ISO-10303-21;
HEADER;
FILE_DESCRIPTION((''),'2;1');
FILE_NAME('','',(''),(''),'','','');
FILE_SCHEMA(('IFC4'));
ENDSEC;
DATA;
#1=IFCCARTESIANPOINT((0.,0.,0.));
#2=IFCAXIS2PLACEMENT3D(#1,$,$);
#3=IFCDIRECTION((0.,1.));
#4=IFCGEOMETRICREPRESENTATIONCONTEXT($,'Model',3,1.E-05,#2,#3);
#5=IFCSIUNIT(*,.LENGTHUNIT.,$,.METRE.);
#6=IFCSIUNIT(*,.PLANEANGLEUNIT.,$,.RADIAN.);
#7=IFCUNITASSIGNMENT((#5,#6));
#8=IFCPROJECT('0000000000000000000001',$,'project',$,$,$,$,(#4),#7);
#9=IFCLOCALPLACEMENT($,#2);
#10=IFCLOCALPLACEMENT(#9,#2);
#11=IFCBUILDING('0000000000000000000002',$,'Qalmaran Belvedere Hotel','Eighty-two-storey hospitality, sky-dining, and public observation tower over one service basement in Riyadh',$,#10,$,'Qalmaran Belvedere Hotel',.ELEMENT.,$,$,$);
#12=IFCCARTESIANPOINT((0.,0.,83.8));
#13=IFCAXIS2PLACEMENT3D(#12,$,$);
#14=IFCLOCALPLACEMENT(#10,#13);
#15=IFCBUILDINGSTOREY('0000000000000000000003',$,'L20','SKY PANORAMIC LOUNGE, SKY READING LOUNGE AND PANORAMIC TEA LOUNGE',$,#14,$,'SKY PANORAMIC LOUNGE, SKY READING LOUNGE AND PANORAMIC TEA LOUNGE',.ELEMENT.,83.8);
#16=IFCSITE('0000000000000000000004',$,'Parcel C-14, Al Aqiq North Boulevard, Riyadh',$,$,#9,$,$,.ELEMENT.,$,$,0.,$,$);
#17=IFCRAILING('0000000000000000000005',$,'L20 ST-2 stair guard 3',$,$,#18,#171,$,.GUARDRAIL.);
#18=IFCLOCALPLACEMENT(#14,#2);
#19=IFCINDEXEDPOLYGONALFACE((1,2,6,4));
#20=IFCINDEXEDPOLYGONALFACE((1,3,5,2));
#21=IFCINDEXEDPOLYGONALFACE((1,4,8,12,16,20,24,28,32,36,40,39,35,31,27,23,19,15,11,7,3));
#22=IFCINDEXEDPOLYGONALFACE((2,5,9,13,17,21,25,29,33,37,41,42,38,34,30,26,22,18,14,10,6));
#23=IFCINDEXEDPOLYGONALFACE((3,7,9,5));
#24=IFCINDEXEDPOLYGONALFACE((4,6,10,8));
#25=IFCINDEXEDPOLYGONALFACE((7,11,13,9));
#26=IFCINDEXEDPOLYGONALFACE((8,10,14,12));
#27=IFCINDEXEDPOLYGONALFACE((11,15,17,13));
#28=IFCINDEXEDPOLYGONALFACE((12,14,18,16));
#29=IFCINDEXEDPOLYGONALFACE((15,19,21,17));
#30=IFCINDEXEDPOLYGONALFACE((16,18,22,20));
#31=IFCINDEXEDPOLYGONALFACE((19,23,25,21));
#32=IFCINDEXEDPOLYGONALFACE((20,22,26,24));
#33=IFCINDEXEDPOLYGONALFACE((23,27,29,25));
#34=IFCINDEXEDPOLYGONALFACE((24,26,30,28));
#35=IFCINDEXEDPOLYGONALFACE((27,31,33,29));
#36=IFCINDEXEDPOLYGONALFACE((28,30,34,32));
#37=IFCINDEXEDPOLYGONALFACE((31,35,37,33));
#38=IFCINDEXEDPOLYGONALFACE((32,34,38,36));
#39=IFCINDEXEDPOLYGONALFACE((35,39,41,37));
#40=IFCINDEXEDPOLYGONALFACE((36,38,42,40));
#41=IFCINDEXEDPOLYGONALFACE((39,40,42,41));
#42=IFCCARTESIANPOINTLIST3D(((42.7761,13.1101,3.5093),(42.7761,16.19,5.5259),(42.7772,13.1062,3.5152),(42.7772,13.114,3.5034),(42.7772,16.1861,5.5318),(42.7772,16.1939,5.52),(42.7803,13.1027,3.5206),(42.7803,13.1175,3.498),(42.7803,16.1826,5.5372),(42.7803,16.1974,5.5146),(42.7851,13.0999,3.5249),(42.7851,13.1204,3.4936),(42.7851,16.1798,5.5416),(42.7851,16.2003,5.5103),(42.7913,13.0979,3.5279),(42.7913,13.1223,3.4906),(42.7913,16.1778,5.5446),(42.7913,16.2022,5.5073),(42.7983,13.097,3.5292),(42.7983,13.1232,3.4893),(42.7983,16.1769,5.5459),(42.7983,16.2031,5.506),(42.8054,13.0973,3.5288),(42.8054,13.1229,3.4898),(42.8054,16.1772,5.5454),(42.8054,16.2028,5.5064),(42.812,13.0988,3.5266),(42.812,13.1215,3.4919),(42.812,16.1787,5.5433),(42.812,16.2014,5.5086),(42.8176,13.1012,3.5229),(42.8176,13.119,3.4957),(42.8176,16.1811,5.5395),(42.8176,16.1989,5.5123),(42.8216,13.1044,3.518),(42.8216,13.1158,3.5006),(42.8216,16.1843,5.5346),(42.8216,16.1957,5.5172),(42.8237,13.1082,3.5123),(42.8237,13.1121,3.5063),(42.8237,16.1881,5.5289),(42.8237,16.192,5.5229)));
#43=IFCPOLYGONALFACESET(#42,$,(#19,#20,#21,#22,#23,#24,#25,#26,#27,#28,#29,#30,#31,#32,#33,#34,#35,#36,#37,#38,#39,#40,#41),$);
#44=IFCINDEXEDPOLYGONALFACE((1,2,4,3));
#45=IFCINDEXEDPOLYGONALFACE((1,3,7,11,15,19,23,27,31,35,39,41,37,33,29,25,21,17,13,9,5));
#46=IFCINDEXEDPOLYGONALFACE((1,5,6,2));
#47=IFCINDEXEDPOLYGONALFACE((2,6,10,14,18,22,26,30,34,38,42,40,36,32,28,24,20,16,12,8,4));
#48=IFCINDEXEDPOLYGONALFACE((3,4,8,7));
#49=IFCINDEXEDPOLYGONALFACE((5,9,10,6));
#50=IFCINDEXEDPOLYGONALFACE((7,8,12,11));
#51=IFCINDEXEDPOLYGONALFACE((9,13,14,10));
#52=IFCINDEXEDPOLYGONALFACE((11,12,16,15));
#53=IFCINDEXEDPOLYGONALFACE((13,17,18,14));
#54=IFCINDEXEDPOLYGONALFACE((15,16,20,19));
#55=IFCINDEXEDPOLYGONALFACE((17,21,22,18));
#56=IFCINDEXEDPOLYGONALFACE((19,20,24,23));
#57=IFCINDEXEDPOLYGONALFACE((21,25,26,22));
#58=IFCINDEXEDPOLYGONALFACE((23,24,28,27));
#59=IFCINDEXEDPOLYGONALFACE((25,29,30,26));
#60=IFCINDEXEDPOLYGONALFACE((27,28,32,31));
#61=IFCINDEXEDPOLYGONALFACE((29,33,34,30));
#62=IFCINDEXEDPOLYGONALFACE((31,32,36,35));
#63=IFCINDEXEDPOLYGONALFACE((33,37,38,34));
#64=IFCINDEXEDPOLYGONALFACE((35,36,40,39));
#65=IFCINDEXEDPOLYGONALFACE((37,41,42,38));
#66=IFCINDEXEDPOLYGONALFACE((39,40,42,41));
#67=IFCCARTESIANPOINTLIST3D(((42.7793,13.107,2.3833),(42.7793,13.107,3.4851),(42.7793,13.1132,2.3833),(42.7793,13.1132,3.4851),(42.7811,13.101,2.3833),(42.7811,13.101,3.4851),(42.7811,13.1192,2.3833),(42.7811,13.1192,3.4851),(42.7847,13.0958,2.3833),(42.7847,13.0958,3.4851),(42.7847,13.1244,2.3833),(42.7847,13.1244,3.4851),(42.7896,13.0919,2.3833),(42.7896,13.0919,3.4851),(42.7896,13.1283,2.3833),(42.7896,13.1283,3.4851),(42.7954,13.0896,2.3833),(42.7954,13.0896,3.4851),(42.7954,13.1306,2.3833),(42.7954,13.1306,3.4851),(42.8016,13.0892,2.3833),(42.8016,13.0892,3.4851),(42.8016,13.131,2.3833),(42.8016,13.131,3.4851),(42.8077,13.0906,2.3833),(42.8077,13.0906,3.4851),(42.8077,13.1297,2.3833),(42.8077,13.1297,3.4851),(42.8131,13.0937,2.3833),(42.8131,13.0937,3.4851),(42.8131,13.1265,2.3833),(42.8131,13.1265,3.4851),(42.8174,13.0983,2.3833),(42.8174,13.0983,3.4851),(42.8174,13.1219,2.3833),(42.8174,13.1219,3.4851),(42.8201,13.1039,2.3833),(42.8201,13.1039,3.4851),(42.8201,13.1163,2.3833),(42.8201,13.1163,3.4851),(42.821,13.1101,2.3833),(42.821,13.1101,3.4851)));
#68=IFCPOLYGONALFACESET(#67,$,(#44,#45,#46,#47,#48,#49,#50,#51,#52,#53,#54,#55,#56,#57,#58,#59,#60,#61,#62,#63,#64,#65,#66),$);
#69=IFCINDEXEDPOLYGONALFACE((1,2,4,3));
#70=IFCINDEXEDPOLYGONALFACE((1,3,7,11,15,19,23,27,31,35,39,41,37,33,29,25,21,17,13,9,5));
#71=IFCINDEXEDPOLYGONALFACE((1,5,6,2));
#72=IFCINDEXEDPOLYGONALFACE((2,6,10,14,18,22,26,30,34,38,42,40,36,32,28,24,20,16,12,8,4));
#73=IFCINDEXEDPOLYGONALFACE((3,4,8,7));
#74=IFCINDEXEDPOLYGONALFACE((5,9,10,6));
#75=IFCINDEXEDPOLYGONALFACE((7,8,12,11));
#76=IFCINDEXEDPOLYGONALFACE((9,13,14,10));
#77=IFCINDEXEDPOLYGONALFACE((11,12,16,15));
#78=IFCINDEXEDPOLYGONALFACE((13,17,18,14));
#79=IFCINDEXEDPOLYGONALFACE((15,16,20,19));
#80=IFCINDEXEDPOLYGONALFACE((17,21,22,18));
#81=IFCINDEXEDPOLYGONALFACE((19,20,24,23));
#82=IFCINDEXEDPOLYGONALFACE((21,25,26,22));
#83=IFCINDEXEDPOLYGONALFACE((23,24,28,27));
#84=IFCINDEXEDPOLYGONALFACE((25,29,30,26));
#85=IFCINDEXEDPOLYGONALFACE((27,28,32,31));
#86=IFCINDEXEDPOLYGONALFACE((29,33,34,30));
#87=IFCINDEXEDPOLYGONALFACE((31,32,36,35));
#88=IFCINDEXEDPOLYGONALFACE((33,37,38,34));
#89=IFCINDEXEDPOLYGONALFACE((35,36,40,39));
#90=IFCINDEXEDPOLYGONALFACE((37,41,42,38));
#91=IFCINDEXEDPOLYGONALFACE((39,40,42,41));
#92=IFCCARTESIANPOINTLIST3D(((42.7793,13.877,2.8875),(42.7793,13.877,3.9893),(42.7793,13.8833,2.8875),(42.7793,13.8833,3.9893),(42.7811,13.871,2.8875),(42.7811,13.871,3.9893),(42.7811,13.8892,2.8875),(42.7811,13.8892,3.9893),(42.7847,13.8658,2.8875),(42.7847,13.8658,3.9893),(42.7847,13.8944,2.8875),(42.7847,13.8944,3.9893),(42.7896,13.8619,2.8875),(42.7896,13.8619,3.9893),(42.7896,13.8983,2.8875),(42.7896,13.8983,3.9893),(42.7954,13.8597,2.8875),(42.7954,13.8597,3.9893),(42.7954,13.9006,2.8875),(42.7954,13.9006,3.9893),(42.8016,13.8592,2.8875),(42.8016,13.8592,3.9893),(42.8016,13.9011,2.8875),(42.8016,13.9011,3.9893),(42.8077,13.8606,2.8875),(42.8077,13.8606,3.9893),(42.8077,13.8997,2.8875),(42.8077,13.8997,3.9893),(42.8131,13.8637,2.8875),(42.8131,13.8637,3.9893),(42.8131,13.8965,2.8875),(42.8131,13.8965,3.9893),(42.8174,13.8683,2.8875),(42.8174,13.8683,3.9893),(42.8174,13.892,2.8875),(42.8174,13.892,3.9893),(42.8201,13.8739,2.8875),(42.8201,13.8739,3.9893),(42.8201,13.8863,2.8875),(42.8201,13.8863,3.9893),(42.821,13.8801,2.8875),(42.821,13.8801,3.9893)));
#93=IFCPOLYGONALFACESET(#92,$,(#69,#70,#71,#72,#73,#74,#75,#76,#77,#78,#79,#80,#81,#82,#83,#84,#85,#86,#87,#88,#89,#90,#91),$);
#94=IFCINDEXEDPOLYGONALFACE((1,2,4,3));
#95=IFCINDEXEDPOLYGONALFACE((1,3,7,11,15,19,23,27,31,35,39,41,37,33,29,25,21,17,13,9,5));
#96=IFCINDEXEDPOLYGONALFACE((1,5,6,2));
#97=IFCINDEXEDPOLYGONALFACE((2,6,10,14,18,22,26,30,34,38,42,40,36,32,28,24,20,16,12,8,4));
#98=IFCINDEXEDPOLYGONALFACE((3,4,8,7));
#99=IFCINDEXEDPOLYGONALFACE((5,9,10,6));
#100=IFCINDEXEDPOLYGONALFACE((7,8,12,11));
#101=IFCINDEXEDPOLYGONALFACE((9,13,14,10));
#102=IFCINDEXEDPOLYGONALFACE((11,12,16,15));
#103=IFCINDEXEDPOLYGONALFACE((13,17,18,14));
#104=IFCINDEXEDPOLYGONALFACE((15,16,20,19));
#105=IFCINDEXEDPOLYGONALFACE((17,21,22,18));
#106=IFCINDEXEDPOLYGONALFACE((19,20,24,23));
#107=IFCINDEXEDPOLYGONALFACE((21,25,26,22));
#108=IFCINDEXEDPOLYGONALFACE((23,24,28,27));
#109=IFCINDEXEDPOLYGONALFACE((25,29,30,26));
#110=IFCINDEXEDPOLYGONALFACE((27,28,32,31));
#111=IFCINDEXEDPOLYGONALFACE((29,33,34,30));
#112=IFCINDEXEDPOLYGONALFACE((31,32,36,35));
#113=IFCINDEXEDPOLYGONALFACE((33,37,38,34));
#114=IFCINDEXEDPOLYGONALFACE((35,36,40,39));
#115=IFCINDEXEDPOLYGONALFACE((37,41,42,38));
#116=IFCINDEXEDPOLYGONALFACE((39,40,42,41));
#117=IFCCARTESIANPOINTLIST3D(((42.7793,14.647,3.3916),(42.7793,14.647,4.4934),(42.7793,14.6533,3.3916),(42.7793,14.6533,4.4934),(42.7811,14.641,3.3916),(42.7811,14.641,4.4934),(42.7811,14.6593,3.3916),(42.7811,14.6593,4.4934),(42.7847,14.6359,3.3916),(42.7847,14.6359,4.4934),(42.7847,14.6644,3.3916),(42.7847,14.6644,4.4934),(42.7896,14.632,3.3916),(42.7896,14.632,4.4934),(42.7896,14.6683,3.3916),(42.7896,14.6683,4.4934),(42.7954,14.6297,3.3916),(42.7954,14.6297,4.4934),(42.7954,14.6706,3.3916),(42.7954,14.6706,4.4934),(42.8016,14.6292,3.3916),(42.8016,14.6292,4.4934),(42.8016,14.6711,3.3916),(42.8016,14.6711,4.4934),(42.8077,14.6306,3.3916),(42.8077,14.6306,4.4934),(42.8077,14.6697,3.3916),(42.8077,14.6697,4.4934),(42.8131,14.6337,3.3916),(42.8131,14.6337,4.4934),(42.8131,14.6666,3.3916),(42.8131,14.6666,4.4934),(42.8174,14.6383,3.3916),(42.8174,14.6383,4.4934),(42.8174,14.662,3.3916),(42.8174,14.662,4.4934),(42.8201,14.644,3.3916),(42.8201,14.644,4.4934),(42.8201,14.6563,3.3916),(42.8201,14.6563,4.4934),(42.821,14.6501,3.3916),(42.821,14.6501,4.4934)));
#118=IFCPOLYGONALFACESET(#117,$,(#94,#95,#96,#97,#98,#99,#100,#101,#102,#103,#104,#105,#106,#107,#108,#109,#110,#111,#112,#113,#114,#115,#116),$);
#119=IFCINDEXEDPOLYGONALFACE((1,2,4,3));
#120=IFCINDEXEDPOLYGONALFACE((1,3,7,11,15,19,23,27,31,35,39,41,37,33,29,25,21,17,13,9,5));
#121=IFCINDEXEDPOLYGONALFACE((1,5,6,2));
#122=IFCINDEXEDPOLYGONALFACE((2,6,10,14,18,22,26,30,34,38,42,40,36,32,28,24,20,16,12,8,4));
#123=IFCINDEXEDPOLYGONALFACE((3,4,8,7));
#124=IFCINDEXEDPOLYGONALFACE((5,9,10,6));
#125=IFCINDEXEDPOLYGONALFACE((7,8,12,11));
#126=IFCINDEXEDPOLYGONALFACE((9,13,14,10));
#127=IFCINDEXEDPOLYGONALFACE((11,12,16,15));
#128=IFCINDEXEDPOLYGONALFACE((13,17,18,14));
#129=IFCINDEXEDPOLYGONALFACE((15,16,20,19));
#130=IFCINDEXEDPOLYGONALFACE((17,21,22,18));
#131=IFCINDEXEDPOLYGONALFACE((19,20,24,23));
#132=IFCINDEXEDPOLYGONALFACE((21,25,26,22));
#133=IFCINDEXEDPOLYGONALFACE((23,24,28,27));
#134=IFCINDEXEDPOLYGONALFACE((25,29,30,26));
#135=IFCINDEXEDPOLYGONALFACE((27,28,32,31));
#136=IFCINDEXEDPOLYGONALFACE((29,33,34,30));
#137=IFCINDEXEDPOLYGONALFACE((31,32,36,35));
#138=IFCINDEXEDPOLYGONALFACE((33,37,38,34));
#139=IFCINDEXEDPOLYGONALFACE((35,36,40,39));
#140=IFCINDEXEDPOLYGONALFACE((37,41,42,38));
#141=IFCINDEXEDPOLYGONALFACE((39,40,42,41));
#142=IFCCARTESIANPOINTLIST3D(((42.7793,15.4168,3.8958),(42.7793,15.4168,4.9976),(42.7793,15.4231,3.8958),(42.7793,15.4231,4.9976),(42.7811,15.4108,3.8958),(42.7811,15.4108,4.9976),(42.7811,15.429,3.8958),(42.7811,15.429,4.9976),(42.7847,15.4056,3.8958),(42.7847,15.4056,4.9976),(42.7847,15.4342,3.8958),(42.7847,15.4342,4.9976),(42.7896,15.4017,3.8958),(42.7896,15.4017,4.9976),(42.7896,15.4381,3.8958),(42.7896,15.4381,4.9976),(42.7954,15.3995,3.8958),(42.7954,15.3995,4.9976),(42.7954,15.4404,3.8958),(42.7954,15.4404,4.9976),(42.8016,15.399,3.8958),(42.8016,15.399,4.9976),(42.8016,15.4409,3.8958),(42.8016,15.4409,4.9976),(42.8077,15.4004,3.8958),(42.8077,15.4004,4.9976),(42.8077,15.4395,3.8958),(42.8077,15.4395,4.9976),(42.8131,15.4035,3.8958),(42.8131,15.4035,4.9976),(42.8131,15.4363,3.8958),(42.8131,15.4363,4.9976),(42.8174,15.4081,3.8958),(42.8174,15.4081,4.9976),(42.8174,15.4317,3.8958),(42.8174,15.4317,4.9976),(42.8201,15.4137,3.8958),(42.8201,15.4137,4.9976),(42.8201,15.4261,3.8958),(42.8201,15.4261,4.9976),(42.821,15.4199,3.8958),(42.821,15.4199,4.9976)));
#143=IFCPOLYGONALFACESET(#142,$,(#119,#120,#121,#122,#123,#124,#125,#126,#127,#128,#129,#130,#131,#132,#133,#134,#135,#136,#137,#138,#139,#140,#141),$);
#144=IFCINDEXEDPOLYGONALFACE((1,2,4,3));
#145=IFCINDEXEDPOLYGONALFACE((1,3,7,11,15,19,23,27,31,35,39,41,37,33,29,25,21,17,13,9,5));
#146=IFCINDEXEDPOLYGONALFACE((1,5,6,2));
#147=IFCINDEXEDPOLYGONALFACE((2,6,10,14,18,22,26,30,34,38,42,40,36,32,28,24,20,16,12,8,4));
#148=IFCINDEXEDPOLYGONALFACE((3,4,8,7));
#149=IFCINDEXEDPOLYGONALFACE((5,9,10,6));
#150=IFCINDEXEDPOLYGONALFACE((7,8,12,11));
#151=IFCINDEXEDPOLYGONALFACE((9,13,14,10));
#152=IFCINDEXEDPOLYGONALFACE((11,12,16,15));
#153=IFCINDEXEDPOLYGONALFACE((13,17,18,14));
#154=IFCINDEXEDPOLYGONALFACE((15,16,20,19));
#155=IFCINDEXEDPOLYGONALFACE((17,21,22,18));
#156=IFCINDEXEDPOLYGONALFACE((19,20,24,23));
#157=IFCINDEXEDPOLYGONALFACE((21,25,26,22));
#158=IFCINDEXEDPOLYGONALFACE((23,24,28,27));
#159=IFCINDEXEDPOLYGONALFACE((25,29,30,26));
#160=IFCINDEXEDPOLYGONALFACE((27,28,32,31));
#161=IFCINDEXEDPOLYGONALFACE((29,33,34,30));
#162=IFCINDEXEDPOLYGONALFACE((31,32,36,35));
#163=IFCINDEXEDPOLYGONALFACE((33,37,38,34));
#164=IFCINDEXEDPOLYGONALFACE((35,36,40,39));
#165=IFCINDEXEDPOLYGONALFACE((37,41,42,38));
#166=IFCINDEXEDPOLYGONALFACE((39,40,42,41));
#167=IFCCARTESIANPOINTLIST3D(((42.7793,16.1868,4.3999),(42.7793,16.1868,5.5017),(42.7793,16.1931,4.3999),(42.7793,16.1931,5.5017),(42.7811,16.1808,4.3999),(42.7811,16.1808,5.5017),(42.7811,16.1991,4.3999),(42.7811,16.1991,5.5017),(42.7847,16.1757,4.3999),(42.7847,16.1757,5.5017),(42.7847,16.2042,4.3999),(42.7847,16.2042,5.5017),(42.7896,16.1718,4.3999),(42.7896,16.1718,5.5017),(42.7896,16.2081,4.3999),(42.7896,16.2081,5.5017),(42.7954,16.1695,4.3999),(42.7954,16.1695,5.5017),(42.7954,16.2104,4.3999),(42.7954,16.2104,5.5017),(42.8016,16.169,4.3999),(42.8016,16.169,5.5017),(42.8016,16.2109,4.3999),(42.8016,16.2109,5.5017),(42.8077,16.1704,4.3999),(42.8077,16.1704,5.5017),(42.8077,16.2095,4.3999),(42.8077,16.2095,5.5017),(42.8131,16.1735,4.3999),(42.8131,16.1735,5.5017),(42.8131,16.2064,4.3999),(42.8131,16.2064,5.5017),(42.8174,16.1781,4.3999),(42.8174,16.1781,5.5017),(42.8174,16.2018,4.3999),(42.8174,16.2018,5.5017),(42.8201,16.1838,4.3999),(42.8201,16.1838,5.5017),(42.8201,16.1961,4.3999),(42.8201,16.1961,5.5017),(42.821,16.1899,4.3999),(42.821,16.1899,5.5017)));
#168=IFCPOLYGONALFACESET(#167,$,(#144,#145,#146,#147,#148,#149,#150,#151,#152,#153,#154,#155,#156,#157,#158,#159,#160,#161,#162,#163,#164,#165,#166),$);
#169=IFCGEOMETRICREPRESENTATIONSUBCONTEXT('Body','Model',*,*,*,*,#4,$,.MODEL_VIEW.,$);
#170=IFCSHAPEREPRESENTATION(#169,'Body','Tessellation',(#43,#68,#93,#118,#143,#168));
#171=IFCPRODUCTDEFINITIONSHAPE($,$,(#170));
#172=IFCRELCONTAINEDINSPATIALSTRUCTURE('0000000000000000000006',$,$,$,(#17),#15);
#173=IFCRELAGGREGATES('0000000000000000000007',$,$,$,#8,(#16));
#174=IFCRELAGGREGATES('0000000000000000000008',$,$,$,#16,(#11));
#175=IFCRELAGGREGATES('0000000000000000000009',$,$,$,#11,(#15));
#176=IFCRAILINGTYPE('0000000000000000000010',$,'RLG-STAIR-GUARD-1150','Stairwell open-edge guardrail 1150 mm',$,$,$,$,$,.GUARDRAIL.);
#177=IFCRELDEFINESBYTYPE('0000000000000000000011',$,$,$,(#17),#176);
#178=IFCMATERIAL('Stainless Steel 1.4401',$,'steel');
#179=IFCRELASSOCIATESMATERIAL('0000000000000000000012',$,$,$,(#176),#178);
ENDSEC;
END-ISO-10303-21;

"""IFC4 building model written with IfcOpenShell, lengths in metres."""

from ifc_helpers import new_model, si_unit, direction, frame, origin, origin_2d, place, context, subcontext, project, spatial, circle, extrude, material, type_object, element, save


model = new_model("IFC4")

# Units and contexts
model_context = context("Model", 3, precision=1e-05, world=origin(), true_north=direction((0.0, 1.0)))
body_context = subcontext(model_context, "Body", "Model", "MODEL_VIEW")
ifc_project = project(units=[si_unit("LENGTHUNIT", "METRE"), si_unit("PLANEANGLEUNIT", "RADIAN")], contexts=[model_context])

# Site, building, storey
site_placement = place(None, origin())
site = spatial("IfcSite", under=ifc_project, at=site_placement, Name="Parcel C-14, Al Aqiq North Boulevard, Riyadh", CompositionType="ELEMENT", RefElevation=0.0)
building_placement = place(site_placement, origin())
building = spatial("IfcBuilding", under=site, at=building_placement, Name="Qalmaran Belvedere Hotel", Description="Eighty-two-storey hospitality, sky-dining, and public observation tower over one service basement in Riyadh", LongName="Qalmaran Belvedere Hotel", CompositionType="ELEMENT")
storey_placement = place(building_placement, frame((0.0, 0.0, 83.8)))
storey = spatial("IfcBuildingStorey", under=building, at=storey_placement, Name="L20", Description="SKY PANORAMIC LOUNGE, SKY READING LOUNGE AND PANORAMIC TEA LOUNGE", LongName="SKY PANORAMIC LOUNGE, SKY READING LOUNGE AND PANORAMIC TEA LOUNGE", CompositionType="ELEMENT", Elevation=83.8)

# Railing
ifc_material_1 = material(Name="Stainless Steel 1.4401", Category="steel")
railing_type_1 = type_object("IfcRailingType", Name="RLG-STAIR-GUARD-1150", Description="Stairwell open-edge guardrail 1150 mm", PredefinedType="GUARDRAIL", material=ifc_material_1)
railing_1_placement = place(storey_placement, frame((42.8, 13.1101, 2.3833)))
element("IfcRailing", 1, at=railing_1_placement, inside=storey, type_object=railing_type_1, Name="L20 ST-2 stair guard 3", PredefinedType="GUARDRAIL", context=body_context, shape_type="SweptSolid", body=[
    extrude(circle(Radius=0.0239, at=origin_2d()), frame((0.0, 0.0, 1.126), z_axis=(0.0, 0.836613, 0.547794), x_axis=(-1.0, 0.0, 0.0)), (0.0, 0.0, 1.0), 3.6814),
    extrude(circle(Radius=0.021, at=origin_2d()), origin(), (0.0, 0.0, 1.0), 1.1018),
    extrude(circle(Radius=0.021, at=origin_2d()), frame((0.0, 0.77, 0.5042)), (0.0, 0.0, 1.0), 1.1018),
    extrude(circle(Radius=0.021, at=origin_2d()), frame((0.0, 1.54, 1.0083)), (0.0, 0.0, 1.0), 1.1018),
    extrude(circle(Radius=0.021, at=origin_2d()), frame((0.0, 2.3098, 1.5125)), (0.0, 0.0, 1.0), 1.1018),
    extrude(circle(Radius=0.021, at=origin_2d()), frame((0.0, 3.0798, 2.0166)), (0.0, 0.0, 1.0), 1.1018),
])

save(model, "model.ifc")
